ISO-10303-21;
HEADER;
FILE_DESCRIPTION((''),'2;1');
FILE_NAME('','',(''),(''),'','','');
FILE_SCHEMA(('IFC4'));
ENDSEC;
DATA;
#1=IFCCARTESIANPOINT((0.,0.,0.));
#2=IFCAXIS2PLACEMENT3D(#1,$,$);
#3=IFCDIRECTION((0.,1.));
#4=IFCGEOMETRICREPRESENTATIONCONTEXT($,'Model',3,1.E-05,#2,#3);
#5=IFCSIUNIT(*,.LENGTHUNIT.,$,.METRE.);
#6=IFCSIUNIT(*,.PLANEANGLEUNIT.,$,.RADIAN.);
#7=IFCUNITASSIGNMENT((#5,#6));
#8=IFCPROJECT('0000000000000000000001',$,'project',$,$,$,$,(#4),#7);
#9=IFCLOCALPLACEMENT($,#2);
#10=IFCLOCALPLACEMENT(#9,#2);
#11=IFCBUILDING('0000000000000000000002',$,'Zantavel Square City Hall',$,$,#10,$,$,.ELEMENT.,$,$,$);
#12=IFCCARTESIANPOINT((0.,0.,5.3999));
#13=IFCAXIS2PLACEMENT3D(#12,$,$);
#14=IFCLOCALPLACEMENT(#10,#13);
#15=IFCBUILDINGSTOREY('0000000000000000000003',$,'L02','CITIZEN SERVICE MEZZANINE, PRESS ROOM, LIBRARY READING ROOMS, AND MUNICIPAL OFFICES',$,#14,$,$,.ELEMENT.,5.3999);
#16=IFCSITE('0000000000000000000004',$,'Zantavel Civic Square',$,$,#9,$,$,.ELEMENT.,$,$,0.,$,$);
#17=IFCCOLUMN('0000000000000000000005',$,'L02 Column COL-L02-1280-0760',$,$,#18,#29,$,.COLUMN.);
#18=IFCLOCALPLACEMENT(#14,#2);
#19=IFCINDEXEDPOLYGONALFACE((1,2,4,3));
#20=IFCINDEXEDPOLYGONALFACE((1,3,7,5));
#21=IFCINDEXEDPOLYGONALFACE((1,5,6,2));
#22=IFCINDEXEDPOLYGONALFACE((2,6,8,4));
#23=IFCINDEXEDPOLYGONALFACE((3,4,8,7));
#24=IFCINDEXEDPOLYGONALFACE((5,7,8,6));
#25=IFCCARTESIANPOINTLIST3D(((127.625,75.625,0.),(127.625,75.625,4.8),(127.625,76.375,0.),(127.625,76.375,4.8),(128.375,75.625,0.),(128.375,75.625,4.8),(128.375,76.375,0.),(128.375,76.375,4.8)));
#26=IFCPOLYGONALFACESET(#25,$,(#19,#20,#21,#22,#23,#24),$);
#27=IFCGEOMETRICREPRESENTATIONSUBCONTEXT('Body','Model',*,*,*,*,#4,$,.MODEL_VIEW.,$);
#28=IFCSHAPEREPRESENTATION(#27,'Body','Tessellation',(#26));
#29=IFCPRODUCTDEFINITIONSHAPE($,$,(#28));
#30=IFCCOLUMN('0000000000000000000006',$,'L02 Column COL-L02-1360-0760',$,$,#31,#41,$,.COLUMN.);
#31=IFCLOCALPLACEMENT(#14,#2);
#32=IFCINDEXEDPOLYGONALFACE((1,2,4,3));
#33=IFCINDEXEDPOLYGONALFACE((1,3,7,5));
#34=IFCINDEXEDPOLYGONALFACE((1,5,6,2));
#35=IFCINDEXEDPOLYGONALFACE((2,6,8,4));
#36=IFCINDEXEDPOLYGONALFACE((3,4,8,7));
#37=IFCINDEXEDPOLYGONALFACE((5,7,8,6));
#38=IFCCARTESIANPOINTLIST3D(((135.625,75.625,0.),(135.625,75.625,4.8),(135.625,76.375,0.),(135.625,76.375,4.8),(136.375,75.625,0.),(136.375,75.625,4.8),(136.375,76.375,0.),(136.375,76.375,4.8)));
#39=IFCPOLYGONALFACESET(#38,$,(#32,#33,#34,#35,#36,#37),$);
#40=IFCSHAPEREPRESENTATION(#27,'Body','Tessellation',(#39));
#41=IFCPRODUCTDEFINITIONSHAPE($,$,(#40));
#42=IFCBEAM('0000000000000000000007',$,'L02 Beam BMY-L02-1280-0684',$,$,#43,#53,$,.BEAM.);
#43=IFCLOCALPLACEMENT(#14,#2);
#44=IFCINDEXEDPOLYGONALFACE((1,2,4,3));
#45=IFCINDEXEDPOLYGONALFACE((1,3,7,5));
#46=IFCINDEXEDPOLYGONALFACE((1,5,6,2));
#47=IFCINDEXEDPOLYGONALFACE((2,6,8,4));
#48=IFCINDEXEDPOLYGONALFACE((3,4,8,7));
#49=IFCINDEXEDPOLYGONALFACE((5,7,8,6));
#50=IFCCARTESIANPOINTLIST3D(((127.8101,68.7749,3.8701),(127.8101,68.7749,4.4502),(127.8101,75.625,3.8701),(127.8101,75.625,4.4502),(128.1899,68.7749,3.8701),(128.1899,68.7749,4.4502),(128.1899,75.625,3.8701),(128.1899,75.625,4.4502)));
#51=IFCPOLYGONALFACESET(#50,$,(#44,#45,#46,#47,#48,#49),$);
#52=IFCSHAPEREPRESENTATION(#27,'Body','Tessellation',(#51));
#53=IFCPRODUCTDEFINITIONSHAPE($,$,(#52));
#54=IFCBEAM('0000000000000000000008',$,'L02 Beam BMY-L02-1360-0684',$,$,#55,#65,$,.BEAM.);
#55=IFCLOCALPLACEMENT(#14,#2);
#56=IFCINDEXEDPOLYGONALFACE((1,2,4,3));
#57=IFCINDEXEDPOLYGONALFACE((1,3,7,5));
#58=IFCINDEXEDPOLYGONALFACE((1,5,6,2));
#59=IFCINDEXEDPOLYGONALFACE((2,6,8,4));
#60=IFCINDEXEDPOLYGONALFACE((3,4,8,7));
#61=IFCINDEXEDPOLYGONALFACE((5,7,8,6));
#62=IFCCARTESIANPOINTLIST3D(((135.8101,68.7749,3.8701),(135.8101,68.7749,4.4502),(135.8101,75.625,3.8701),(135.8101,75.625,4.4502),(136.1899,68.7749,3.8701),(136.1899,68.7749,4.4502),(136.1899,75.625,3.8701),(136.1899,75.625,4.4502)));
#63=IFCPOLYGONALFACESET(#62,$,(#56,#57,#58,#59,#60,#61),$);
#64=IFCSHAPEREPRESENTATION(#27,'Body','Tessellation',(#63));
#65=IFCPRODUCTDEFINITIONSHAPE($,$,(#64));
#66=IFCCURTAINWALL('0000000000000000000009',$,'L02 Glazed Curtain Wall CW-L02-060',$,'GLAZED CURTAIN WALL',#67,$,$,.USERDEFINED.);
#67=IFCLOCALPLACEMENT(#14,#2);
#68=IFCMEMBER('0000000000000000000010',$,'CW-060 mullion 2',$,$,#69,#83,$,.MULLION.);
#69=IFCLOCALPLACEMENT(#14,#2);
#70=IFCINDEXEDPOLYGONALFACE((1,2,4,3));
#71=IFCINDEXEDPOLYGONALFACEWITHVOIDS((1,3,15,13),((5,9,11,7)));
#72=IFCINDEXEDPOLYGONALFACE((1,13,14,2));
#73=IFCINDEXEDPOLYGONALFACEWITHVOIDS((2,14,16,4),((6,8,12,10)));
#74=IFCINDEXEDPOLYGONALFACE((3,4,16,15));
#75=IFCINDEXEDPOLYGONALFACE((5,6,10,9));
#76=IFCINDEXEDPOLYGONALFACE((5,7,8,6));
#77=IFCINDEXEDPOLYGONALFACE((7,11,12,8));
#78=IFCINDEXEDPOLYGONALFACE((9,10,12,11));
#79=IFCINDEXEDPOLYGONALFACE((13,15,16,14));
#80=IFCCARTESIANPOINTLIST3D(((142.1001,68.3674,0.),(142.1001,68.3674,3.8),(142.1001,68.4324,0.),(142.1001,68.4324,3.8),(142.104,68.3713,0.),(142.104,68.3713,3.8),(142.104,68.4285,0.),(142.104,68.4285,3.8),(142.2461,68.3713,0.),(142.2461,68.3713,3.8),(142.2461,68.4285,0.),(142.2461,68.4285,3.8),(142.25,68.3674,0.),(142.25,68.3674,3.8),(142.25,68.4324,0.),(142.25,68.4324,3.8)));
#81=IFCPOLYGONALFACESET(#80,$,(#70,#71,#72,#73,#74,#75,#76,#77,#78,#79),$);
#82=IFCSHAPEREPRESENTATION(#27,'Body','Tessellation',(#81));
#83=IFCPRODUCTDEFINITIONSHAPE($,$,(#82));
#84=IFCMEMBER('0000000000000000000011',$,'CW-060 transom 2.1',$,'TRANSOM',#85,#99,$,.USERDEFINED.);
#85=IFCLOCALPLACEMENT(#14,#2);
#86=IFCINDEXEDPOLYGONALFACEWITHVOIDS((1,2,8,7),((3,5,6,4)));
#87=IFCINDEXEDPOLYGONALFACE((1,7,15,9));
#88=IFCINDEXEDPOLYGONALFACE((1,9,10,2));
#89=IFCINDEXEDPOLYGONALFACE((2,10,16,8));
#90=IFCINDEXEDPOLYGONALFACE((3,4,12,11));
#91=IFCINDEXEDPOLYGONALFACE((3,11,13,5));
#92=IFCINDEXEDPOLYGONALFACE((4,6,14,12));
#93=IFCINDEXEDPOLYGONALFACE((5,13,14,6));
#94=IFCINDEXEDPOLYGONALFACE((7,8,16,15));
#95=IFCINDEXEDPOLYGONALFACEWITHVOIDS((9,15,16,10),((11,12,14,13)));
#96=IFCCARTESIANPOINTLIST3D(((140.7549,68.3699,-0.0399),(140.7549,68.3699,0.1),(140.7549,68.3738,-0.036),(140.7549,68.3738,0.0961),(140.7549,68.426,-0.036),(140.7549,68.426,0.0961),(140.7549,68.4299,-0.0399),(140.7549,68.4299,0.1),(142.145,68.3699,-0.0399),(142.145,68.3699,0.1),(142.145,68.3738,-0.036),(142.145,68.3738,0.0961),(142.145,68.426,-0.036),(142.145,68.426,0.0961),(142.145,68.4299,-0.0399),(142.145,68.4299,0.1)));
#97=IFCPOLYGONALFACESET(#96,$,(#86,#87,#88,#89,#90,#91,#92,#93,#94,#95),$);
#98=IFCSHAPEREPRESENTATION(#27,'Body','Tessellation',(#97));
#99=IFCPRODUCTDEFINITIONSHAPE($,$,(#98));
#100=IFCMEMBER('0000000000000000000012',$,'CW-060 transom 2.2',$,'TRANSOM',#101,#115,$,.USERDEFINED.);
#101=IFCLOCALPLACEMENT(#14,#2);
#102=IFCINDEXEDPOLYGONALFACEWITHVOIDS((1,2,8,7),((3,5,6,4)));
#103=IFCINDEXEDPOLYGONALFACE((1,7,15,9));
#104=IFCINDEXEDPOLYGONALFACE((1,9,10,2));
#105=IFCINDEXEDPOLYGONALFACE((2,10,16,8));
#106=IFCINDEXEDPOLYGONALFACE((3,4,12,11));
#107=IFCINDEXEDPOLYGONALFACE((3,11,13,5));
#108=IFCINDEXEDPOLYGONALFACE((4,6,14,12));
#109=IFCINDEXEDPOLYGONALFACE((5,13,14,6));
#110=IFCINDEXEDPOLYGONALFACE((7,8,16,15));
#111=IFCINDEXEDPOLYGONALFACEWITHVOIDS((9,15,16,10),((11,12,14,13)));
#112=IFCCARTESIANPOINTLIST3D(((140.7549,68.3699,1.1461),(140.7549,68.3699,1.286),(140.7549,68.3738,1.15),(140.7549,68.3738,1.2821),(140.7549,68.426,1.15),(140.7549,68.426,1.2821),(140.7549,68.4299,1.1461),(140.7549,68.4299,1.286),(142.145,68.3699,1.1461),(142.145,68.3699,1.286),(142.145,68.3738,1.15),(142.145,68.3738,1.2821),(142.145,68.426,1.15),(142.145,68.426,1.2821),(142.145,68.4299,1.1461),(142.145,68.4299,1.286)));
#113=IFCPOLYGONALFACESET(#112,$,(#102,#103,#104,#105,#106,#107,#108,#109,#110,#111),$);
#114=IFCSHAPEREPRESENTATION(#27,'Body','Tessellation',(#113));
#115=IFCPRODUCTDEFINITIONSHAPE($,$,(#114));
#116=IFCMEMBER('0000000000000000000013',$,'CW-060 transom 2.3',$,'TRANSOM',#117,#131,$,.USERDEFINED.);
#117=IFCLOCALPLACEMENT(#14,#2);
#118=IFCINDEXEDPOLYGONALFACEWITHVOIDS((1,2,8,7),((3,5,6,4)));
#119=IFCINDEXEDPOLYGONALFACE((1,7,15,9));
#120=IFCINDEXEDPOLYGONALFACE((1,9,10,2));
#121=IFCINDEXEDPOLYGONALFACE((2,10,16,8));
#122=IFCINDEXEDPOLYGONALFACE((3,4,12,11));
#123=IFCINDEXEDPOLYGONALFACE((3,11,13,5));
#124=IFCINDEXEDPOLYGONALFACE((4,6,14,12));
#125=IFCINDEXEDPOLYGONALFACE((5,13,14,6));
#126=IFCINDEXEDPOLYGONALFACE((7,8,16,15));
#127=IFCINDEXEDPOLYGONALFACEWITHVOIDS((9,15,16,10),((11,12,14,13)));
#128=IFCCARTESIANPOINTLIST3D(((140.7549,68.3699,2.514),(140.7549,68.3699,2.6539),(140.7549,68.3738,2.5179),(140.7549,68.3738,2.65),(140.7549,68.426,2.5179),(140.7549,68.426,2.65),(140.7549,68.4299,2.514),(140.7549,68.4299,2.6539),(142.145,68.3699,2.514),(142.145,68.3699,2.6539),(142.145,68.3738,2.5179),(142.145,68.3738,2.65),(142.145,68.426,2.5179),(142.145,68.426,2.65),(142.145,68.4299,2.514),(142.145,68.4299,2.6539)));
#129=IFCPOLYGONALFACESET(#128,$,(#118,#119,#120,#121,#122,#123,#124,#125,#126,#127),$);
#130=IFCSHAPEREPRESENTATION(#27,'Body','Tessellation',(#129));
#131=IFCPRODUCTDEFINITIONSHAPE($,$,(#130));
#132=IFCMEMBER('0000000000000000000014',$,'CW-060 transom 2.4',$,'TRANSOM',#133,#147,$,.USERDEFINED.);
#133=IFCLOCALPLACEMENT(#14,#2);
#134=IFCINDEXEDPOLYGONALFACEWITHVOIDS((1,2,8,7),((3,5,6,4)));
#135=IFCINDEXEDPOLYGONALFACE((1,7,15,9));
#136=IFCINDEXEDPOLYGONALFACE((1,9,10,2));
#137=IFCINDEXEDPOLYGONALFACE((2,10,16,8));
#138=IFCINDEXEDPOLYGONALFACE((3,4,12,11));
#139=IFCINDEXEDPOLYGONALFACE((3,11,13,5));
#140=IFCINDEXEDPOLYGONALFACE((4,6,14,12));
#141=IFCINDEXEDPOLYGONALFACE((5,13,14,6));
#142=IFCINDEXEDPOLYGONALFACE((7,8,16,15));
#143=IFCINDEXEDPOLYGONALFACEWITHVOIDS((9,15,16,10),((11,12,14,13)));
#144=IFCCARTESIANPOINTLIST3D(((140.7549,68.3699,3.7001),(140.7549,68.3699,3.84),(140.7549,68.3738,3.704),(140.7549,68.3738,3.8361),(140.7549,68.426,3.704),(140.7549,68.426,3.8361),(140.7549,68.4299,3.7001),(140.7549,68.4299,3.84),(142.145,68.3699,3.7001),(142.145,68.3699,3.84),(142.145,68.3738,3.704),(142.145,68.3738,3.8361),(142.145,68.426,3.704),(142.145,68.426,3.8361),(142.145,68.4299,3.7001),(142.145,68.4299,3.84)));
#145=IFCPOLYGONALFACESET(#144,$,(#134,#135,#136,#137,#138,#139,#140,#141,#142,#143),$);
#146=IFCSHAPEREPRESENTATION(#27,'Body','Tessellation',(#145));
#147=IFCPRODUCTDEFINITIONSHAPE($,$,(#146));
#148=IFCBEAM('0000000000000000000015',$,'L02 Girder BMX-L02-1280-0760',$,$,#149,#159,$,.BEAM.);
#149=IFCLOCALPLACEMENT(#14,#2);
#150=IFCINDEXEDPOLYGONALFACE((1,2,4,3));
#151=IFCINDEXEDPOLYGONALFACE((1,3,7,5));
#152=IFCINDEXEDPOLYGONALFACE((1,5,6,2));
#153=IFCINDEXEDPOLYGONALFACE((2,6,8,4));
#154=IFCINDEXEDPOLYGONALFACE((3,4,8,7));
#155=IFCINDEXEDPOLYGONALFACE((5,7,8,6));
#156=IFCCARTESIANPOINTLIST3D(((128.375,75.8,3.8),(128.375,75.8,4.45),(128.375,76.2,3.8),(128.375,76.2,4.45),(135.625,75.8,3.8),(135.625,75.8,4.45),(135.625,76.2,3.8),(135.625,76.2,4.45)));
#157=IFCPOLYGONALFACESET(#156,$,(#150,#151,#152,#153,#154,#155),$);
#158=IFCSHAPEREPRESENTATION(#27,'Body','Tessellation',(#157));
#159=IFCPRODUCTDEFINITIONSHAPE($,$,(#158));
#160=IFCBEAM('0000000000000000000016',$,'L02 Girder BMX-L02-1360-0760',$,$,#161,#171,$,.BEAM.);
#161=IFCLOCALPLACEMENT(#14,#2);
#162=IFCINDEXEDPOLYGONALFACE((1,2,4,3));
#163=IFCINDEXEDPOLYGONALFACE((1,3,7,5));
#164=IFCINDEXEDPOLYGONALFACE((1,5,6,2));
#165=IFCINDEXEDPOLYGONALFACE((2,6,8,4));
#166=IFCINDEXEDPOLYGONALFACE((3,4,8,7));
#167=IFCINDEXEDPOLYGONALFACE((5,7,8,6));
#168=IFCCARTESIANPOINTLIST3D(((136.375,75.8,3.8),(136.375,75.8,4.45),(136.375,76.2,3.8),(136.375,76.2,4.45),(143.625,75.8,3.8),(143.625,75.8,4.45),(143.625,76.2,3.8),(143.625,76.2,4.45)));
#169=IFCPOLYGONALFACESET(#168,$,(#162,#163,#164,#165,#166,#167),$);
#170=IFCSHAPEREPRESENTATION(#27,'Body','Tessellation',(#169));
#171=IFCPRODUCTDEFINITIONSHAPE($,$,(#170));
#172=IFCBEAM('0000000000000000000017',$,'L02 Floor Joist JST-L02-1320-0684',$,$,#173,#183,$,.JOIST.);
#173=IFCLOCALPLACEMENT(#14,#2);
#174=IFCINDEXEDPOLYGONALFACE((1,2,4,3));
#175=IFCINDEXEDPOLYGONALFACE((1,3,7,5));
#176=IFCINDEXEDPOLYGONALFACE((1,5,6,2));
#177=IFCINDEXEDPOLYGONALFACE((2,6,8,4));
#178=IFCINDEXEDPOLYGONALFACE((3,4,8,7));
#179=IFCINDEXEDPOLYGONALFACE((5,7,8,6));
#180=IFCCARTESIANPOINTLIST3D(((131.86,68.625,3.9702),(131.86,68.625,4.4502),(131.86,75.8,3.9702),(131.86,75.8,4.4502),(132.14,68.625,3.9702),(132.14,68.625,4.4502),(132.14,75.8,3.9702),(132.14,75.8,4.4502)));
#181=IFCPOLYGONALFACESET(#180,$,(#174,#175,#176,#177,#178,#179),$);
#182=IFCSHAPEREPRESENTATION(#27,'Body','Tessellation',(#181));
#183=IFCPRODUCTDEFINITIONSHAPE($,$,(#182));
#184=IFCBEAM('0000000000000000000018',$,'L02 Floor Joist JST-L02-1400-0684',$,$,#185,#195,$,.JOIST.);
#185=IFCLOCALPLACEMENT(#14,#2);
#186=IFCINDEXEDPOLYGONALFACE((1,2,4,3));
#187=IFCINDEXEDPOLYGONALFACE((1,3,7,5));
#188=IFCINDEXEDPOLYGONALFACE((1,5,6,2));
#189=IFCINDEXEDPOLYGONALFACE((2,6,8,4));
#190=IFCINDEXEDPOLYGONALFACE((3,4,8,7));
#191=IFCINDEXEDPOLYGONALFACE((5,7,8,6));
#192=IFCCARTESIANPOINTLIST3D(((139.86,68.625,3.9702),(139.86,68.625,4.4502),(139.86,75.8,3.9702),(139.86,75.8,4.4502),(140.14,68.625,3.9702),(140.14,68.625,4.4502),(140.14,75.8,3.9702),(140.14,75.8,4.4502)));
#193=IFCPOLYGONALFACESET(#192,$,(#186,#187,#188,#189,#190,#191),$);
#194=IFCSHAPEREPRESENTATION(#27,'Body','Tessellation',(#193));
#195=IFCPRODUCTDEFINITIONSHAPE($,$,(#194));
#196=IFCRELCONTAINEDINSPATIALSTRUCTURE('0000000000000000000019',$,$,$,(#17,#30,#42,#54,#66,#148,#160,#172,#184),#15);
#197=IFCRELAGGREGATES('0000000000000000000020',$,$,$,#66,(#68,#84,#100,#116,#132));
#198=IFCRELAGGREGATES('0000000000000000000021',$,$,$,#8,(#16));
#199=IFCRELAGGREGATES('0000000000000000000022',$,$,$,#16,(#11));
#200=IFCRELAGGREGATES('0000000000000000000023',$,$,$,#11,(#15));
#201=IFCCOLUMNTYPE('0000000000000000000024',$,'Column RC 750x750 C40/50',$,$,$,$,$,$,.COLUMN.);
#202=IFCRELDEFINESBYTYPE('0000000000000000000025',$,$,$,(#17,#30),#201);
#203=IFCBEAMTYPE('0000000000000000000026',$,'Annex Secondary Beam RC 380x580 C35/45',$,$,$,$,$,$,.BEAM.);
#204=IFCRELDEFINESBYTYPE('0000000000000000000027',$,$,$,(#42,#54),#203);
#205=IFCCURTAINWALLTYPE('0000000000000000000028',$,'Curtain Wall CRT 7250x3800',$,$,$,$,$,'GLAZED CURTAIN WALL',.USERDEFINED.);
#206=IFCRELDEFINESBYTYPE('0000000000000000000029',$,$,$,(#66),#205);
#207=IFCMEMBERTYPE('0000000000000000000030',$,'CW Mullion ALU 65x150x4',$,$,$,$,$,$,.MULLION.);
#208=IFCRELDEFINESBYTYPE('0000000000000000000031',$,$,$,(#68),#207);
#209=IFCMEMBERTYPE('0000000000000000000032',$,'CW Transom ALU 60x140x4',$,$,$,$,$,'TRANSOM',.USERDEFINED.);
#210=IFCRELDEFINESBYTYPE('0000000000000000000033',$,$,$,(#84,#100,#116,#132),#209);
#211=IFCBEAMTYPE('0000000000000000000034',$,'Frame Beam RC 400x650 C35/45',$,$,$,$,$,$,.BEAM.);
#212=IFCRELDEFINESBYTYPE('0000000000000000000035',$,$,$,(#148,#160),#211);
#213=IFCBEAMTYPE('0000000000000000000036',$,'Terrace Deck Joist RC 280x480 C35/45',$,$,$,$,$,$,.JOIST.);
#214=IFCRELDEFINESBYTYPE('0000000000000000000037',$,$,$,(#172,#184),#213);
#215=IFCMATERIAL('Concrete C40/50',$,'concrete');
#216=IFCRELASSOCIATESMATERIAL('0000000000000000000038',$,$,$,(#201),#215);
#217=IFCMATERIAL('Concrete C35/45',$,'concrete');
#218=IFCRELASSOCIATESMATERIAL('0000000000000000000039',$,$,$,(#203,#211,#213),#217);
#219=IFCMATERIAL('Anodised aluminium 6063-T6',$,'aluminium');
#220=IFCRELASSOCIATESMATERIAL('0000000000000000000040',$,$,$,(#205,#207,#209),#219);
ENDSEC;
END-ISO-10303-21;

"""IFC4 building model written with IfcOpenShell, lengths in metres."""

from ifc_helpers import new_model, si_unit, direction, frame, origin, origin_2d, place, context, subcontext, project, spatial, rectangle, hollow_rectangle, extrude, material, material_profile, profile_set, type_object, element, aggregate, save


model = new_model("IFC4")

# Units and contexts
model_context = context("Model", 3, precision=1e-05, world=origin(), true_north=direction((0.0, 1.0)))
body_context = subcontext(model_context, "Body", "Model", "MODEL_VIEW")
ifc_project = project(units=[si_unit("LENGTHUNIT", "METRE"), si_unit("PLANEANGLEUNIT", "RADIAN")], contexts=[model_context])

# Site, building, storey
site_placement = place(None, origin())
site = spatial("IfcSite", under=ifc_project, at=site_placement, Name="Zantavel Civic Square", CompositionType="ELEMENT", RefElevation=0.0)
building_placement = place(site_placement, origin())
building = spatial("IfcBuilding", under=site, at=building_placement, Name="Zantavel Square City Hall", CompositionType="ELEMENT")
storey_placement = place(building_placement, frame((0.0, 0.0, 5.3999)))
storey = spatial("IfcBuildingStorey", under=building, at=storey_placement, Name="L02", Description="CITIZEN SERVICE MEZZANINE, PRESS ROOM, LIBRARY READING ROOMS, AND MUNICIPAL OFFICES", CompositionType="ELEMENT", Elevation=5.3999)

# Columns
ifc_material_1 = material(Name="Concrete C40/50", Category="concrete")
ifc_material_profile_1 = material_profile(ifc_material_1, rectangle(XDim=0.75, YDim=0.75, at=origin_2d()), Name="RC 750x750")
ifc_profile_set_1 = profile_set([ifc_material_profile_1], Name="Concrete C40/50")
column_type = type_object("IfcColumnType", Name="Column RC 750x750 C40/50", PredefinedType="COLUMN", material=ifc_profile_set_1)
for number, where, z_axis, x_axis, name in (
    (1, (128.0, 76.0, 0.0), (0.0, 0.0, 1.0), (1.0, 0.0, 0.0), "L02 Column COL-L02-1280-0760"),
    (2, (136.0, 76.0, 0.0), (0.0, 0.0, 1.0), (1.0, 0.0, 0.0), "L02 Column COL-L02-1360-0760"),
):
    element("IfcColumn", number, at=place(storey_placement, frame(where, z_axis=z_axis, x_axis=x_axis)), inside=storey, type_object=column_type, Name=name, PredefinedType="COLUMN", context=body_context, shape_type="SweptSolid", body=[
        extrude(rectangle(XDim=0.75, YDim=0.75, at=origin_2d()), origin(), (0.0, 0.0, 1.0), 4.8),
    ])

# Beams
ifc_material_2 = material(Name="Concrete C35/45", Category="concrete")
ifc_material_profile_2 = material_profile(ifc_material_2, rectangle(XDim=0.3799, YDim=0.5801, at=origin_2d()), Name="RC 380x580")
ifc_profile_set_2 = profile_set([ifc_material_profile_2], Name="Concrete C35/45")
beam_type_1 = type_object("IfcBeamType", Name="Annex Secondary Beam RC 380x580 C35/45", PredefinedType="BEAM", material=ifc_profile_set_2)
for number, where, z_axis, x_axis, name in (
    (3, (128.0, 68.7749, 4.1602), (0.0, 1.0, 0.0), (-1.0, 0.0, 0.0), "L02 Beam BMY-L02-1280-0684"),
    (4, (136.0, 68.7749, 4.1602), (0.0, 1.0, 0.0), (-1.0, 0.0, 0.0), "L02 Beam BMY-L02-1360-0684"),
):
    element("IfcBeam", number, at=place(storey_placement, frame(where, z_axis=z_axis, x_axis=x_axis)), inside=storey, type_object=beam_type_1, Name=name, PredefinedType="BEAM", context=body_context, shape_type="SweptSolid", body=[
        extrude(rectangle(XDim=0.3799, YDim=0.5801, at=origin_2d()), origin(), (0.0, 0.0, 1.0), 6.8501),
    ])

# Curtain wall, members
ifc_material_3 = material(Name="Anodised aluminium 6063-T6", Category="aluminium")
curtain_wall_type = type_object("IfcCurtainWallType", Name="Curtain Wall CRT 7250x3800", ElementType="GLAZED CURTAIN WALL", PredefinedType="USERDEFINED", material=ifc_material_3)
curtain_wall_placement = place(storey_placement, origin())
curtain_wall = element("IfcCurtainWall", 5, at=curtain_wall_placement, inside=storey, type_object=curtain_wall_type, Name="L02 Glazed Curtain Wall CW-L02-060", ObjectType="GLAZED CURTAIN WALL", PredefinedType="USERDEFINED")
ifc_material_profile_3 = material_profile(ifc_material_3, hollow_rectangle(XDim=0.0649, YDim=0.1499, WallThickness=0.0039, at=origin_2d()), Name="ALU 65x150x4")
ifc_profile_set_3 = profile_set([ifc_material_profile_3], Name="Anodised aluminium 6063-T6")
member_type_1 = type_object("IfcMemberType", Name="CW Mullion ALU 65x150x4", PredefinedType="MULLION", material=ifc_profile_set_3)
member_1_placement = place(storey_placement, frame((142.175, 68.3999, 0.0), z_axis=(0.0, 0.0, 1.0), x_axis=(0.0, -1.0, 0.0)))
member_1 = element("IfcMember", 6, at=member_1_placement, type_object=member_type_1, Name="CW-060 mullion 2", PredefinedType="MULLION", context=body_context, shape_type="SweptSolid", body=[
    extrude(hollow_rectangle(XDim=0.0649, YDim=0.1499, WallThickness=0.0039, at=origin_2d()), origin(), (0.0, 0.0, 1.0), 3.8),
])
ifc_material_profile_4 = material_profile(ifc_material_3, hollow_rectangle(XDim=0.0601, YDim=0.1399, WallThickness=0.0039, at=origin_2d()), Name="ALU 60x140x4")
ifc_profile_set_4 = profile_set([ifc_material_profile_4], Name="Anodised aluminium 6063-T6")
member_type_2 = type_object("IfcMemberType", Name="CW Transom ALU 60x140x4", ElementType="TRANSOM", PredefinedType="USERDEFINED", material=ifc_profile_set_4)
member_2_placement = place(storey_placement, frame((142.145, 68.3999, 0.03), z_axis=(-1.0, 0.0, 0.0), x_axis=(0.0, -1.0, 0.0)))
member_2 = element("IfcMember", 7, at=member_2_placement, type_object=member_type_2, Name="CW-060 transom 2.1", ObjectType="TRANSOM", PredefinedType="USERDEFINED", context=body_context, shape_type="SweptSolid", body=[
    extrude(hollow_rectangle(XDim=0.0601, YDim=0.1399, WallThickness=0.0039, at=origin_2d()), origin(), (0.0, 0.0, 1.0), 1.3901),
])
member_3_placement = place(storey_placement, frame((142.145, 68.3999, 1.2161), z_axis=(-1.0, 0.0, 0.0), x_axis=(0.0, -1.0, 0.0)))
member_3 = element("IfcMember", 8, at=member_3_placement, type_object=member_type_2, Name="CW-060 transom 2.2", ObjectType="TRANSOM", PredefinedType="USERDEFINED", context=body_context, shape_type="SweptSolid", body=[
    extrude(hollow_rectangle(XDim=0.0601, YDim=0.1399, WallThickness=0.0039, at=origin_2d()), origin(), (0.0, 0.0, 1.0), 1.3901),
])
member_4_placement = place(storey_placement, frame((142.145, 68.3999, 2.584), z_axis=(-1.0, 0.0, 0.0), x_axis=(0.0, -1.0, 0.0)))
member_4 = element("IfcMember", 9, at=member_4_placement, type_object=member_type_2, Name="CW-060 transom 2.3", ObjectType="TRANSOM", PredefinedType="USERDEFINED", context=body_context, shape_type="SweptSolid", body=[
    extrude(hollow_rectangle(XDim=0.0601, YDim=0.1399, WallThickness=0.0039, at=origin_2d()), origin(), (0.0, 0.0, 1.0), 1.3901),
])
member_5_placement = place(storey_placement, frame((142.145, 68.3999, 3.77), z_axis=(-1.0, 0.0, 0.0), x_axis=(0.0, -1.0, 0.0)))
member_5 = element("IfcMember", 10, at=member_5_placement, type_object=member_type_2, Name="CW-060 transom 2.4", ObjectType="TRANSOM", PredefinedType="USERDEFINED", context=body_context, shape_type="SweptSolid", body=[
    extrude(hollow_rectangle(XDim=0.0601, YDim=0.1399, WallThickness=0.0039, at=origin_2d()), origin(), (0.0, 0.0, 1.0), 1.3901),
])

# Beams
ifc_material_profile_5 = material_profile(ifc_material_2, rectangle(XDim=0.3999, YDim=0.6499, at=origin_2d()), Name="RC 400x650")
ifc_profile_set_5 = profile_set([ifc_material_profile_5], Name="Concrete C35/45")
beam_type_2 = type_object("IfcBeamType", Name="Frame Beam RC 400x650 C35/45", PredefinedType="BEAM", material=ifc_profile_set_5)
for number, where, z_axis, x_axis, name in (
    (11, (128.375, 76.0, 4.125), (1.0, 0.0, 0.0), (0.0, 1.0, 0.0), "L02 Girder BMX-L02-1280-0760"),
    (12, (136.375, 76.0, 4.125), (1.0, 0.0, 0.0), (0.0, 1.0, 0.0), "L02 Girder BMX-L02-1360-0760"),
):
    element("IfcBeam", number, at=place(storey_placement, frame(where, z_axis=z_axis, x_axis=x_axis)), inside=storey, type_object=beam_type_2, Name=name, PredefinedType="BEAM", context=body_context, shape_type="SweptSolid", body=[
        extrude(rectangle(XDim=0.3999, YDim=0.6499, at=origin_2d()), origin(), (0.0, 0.0, 1.0), 7.25),
    ])
ifc_material_profile_6 = material_profile(ifc_material_2, rectangle(XDim=0.28, YDim=0.48, at=origin_2d()), Name="RC 280x480")
ifc_profile_set_6 = profile_set([ifc_material_profile_6], Name="Concrete C35/45")
beam_type_3 = type_object("IfcBeamType", Name="Terrace Deck Joist RC 280x480 C35/45", PredefinedType="JOIST", material=ifc_profile_set_6)
for number, where, z_axis, x_axis, name in (
    (13, (132.0, 68.625, 4.2102), (0.0, 1.0, 0.0), (-1.0, 0.0, 0.0), "L02 Floor Joist JST-L02-1320-0684"),
    (14, (140.0, 68.625, 4.2102), (0.0, 1.0, 0.0), (-1.0, 0.0, 0.0), "L02 Floor Joist JST-L02-1400-0684"),
):
    element("IfcBeam", number, at=place(storey_placement, frame(where, z_axis=z_axis, x_axis=x_axis)), inside=storey, type_object=beam_type_3, Name=name, PredefinedType="JOIST", context=body_context, shape_type="SweptSolid", body=[
        extrude(rectangle(XDim=0.28, YDim=0.48, at=origin_2d()), origin(), (0.0, 0.0, 1.0), 7.175),
    ])

aggregate(curtain_wall, [member_1, member_2, member_3, member_4, member_5])

save(model, "model.ifc")
